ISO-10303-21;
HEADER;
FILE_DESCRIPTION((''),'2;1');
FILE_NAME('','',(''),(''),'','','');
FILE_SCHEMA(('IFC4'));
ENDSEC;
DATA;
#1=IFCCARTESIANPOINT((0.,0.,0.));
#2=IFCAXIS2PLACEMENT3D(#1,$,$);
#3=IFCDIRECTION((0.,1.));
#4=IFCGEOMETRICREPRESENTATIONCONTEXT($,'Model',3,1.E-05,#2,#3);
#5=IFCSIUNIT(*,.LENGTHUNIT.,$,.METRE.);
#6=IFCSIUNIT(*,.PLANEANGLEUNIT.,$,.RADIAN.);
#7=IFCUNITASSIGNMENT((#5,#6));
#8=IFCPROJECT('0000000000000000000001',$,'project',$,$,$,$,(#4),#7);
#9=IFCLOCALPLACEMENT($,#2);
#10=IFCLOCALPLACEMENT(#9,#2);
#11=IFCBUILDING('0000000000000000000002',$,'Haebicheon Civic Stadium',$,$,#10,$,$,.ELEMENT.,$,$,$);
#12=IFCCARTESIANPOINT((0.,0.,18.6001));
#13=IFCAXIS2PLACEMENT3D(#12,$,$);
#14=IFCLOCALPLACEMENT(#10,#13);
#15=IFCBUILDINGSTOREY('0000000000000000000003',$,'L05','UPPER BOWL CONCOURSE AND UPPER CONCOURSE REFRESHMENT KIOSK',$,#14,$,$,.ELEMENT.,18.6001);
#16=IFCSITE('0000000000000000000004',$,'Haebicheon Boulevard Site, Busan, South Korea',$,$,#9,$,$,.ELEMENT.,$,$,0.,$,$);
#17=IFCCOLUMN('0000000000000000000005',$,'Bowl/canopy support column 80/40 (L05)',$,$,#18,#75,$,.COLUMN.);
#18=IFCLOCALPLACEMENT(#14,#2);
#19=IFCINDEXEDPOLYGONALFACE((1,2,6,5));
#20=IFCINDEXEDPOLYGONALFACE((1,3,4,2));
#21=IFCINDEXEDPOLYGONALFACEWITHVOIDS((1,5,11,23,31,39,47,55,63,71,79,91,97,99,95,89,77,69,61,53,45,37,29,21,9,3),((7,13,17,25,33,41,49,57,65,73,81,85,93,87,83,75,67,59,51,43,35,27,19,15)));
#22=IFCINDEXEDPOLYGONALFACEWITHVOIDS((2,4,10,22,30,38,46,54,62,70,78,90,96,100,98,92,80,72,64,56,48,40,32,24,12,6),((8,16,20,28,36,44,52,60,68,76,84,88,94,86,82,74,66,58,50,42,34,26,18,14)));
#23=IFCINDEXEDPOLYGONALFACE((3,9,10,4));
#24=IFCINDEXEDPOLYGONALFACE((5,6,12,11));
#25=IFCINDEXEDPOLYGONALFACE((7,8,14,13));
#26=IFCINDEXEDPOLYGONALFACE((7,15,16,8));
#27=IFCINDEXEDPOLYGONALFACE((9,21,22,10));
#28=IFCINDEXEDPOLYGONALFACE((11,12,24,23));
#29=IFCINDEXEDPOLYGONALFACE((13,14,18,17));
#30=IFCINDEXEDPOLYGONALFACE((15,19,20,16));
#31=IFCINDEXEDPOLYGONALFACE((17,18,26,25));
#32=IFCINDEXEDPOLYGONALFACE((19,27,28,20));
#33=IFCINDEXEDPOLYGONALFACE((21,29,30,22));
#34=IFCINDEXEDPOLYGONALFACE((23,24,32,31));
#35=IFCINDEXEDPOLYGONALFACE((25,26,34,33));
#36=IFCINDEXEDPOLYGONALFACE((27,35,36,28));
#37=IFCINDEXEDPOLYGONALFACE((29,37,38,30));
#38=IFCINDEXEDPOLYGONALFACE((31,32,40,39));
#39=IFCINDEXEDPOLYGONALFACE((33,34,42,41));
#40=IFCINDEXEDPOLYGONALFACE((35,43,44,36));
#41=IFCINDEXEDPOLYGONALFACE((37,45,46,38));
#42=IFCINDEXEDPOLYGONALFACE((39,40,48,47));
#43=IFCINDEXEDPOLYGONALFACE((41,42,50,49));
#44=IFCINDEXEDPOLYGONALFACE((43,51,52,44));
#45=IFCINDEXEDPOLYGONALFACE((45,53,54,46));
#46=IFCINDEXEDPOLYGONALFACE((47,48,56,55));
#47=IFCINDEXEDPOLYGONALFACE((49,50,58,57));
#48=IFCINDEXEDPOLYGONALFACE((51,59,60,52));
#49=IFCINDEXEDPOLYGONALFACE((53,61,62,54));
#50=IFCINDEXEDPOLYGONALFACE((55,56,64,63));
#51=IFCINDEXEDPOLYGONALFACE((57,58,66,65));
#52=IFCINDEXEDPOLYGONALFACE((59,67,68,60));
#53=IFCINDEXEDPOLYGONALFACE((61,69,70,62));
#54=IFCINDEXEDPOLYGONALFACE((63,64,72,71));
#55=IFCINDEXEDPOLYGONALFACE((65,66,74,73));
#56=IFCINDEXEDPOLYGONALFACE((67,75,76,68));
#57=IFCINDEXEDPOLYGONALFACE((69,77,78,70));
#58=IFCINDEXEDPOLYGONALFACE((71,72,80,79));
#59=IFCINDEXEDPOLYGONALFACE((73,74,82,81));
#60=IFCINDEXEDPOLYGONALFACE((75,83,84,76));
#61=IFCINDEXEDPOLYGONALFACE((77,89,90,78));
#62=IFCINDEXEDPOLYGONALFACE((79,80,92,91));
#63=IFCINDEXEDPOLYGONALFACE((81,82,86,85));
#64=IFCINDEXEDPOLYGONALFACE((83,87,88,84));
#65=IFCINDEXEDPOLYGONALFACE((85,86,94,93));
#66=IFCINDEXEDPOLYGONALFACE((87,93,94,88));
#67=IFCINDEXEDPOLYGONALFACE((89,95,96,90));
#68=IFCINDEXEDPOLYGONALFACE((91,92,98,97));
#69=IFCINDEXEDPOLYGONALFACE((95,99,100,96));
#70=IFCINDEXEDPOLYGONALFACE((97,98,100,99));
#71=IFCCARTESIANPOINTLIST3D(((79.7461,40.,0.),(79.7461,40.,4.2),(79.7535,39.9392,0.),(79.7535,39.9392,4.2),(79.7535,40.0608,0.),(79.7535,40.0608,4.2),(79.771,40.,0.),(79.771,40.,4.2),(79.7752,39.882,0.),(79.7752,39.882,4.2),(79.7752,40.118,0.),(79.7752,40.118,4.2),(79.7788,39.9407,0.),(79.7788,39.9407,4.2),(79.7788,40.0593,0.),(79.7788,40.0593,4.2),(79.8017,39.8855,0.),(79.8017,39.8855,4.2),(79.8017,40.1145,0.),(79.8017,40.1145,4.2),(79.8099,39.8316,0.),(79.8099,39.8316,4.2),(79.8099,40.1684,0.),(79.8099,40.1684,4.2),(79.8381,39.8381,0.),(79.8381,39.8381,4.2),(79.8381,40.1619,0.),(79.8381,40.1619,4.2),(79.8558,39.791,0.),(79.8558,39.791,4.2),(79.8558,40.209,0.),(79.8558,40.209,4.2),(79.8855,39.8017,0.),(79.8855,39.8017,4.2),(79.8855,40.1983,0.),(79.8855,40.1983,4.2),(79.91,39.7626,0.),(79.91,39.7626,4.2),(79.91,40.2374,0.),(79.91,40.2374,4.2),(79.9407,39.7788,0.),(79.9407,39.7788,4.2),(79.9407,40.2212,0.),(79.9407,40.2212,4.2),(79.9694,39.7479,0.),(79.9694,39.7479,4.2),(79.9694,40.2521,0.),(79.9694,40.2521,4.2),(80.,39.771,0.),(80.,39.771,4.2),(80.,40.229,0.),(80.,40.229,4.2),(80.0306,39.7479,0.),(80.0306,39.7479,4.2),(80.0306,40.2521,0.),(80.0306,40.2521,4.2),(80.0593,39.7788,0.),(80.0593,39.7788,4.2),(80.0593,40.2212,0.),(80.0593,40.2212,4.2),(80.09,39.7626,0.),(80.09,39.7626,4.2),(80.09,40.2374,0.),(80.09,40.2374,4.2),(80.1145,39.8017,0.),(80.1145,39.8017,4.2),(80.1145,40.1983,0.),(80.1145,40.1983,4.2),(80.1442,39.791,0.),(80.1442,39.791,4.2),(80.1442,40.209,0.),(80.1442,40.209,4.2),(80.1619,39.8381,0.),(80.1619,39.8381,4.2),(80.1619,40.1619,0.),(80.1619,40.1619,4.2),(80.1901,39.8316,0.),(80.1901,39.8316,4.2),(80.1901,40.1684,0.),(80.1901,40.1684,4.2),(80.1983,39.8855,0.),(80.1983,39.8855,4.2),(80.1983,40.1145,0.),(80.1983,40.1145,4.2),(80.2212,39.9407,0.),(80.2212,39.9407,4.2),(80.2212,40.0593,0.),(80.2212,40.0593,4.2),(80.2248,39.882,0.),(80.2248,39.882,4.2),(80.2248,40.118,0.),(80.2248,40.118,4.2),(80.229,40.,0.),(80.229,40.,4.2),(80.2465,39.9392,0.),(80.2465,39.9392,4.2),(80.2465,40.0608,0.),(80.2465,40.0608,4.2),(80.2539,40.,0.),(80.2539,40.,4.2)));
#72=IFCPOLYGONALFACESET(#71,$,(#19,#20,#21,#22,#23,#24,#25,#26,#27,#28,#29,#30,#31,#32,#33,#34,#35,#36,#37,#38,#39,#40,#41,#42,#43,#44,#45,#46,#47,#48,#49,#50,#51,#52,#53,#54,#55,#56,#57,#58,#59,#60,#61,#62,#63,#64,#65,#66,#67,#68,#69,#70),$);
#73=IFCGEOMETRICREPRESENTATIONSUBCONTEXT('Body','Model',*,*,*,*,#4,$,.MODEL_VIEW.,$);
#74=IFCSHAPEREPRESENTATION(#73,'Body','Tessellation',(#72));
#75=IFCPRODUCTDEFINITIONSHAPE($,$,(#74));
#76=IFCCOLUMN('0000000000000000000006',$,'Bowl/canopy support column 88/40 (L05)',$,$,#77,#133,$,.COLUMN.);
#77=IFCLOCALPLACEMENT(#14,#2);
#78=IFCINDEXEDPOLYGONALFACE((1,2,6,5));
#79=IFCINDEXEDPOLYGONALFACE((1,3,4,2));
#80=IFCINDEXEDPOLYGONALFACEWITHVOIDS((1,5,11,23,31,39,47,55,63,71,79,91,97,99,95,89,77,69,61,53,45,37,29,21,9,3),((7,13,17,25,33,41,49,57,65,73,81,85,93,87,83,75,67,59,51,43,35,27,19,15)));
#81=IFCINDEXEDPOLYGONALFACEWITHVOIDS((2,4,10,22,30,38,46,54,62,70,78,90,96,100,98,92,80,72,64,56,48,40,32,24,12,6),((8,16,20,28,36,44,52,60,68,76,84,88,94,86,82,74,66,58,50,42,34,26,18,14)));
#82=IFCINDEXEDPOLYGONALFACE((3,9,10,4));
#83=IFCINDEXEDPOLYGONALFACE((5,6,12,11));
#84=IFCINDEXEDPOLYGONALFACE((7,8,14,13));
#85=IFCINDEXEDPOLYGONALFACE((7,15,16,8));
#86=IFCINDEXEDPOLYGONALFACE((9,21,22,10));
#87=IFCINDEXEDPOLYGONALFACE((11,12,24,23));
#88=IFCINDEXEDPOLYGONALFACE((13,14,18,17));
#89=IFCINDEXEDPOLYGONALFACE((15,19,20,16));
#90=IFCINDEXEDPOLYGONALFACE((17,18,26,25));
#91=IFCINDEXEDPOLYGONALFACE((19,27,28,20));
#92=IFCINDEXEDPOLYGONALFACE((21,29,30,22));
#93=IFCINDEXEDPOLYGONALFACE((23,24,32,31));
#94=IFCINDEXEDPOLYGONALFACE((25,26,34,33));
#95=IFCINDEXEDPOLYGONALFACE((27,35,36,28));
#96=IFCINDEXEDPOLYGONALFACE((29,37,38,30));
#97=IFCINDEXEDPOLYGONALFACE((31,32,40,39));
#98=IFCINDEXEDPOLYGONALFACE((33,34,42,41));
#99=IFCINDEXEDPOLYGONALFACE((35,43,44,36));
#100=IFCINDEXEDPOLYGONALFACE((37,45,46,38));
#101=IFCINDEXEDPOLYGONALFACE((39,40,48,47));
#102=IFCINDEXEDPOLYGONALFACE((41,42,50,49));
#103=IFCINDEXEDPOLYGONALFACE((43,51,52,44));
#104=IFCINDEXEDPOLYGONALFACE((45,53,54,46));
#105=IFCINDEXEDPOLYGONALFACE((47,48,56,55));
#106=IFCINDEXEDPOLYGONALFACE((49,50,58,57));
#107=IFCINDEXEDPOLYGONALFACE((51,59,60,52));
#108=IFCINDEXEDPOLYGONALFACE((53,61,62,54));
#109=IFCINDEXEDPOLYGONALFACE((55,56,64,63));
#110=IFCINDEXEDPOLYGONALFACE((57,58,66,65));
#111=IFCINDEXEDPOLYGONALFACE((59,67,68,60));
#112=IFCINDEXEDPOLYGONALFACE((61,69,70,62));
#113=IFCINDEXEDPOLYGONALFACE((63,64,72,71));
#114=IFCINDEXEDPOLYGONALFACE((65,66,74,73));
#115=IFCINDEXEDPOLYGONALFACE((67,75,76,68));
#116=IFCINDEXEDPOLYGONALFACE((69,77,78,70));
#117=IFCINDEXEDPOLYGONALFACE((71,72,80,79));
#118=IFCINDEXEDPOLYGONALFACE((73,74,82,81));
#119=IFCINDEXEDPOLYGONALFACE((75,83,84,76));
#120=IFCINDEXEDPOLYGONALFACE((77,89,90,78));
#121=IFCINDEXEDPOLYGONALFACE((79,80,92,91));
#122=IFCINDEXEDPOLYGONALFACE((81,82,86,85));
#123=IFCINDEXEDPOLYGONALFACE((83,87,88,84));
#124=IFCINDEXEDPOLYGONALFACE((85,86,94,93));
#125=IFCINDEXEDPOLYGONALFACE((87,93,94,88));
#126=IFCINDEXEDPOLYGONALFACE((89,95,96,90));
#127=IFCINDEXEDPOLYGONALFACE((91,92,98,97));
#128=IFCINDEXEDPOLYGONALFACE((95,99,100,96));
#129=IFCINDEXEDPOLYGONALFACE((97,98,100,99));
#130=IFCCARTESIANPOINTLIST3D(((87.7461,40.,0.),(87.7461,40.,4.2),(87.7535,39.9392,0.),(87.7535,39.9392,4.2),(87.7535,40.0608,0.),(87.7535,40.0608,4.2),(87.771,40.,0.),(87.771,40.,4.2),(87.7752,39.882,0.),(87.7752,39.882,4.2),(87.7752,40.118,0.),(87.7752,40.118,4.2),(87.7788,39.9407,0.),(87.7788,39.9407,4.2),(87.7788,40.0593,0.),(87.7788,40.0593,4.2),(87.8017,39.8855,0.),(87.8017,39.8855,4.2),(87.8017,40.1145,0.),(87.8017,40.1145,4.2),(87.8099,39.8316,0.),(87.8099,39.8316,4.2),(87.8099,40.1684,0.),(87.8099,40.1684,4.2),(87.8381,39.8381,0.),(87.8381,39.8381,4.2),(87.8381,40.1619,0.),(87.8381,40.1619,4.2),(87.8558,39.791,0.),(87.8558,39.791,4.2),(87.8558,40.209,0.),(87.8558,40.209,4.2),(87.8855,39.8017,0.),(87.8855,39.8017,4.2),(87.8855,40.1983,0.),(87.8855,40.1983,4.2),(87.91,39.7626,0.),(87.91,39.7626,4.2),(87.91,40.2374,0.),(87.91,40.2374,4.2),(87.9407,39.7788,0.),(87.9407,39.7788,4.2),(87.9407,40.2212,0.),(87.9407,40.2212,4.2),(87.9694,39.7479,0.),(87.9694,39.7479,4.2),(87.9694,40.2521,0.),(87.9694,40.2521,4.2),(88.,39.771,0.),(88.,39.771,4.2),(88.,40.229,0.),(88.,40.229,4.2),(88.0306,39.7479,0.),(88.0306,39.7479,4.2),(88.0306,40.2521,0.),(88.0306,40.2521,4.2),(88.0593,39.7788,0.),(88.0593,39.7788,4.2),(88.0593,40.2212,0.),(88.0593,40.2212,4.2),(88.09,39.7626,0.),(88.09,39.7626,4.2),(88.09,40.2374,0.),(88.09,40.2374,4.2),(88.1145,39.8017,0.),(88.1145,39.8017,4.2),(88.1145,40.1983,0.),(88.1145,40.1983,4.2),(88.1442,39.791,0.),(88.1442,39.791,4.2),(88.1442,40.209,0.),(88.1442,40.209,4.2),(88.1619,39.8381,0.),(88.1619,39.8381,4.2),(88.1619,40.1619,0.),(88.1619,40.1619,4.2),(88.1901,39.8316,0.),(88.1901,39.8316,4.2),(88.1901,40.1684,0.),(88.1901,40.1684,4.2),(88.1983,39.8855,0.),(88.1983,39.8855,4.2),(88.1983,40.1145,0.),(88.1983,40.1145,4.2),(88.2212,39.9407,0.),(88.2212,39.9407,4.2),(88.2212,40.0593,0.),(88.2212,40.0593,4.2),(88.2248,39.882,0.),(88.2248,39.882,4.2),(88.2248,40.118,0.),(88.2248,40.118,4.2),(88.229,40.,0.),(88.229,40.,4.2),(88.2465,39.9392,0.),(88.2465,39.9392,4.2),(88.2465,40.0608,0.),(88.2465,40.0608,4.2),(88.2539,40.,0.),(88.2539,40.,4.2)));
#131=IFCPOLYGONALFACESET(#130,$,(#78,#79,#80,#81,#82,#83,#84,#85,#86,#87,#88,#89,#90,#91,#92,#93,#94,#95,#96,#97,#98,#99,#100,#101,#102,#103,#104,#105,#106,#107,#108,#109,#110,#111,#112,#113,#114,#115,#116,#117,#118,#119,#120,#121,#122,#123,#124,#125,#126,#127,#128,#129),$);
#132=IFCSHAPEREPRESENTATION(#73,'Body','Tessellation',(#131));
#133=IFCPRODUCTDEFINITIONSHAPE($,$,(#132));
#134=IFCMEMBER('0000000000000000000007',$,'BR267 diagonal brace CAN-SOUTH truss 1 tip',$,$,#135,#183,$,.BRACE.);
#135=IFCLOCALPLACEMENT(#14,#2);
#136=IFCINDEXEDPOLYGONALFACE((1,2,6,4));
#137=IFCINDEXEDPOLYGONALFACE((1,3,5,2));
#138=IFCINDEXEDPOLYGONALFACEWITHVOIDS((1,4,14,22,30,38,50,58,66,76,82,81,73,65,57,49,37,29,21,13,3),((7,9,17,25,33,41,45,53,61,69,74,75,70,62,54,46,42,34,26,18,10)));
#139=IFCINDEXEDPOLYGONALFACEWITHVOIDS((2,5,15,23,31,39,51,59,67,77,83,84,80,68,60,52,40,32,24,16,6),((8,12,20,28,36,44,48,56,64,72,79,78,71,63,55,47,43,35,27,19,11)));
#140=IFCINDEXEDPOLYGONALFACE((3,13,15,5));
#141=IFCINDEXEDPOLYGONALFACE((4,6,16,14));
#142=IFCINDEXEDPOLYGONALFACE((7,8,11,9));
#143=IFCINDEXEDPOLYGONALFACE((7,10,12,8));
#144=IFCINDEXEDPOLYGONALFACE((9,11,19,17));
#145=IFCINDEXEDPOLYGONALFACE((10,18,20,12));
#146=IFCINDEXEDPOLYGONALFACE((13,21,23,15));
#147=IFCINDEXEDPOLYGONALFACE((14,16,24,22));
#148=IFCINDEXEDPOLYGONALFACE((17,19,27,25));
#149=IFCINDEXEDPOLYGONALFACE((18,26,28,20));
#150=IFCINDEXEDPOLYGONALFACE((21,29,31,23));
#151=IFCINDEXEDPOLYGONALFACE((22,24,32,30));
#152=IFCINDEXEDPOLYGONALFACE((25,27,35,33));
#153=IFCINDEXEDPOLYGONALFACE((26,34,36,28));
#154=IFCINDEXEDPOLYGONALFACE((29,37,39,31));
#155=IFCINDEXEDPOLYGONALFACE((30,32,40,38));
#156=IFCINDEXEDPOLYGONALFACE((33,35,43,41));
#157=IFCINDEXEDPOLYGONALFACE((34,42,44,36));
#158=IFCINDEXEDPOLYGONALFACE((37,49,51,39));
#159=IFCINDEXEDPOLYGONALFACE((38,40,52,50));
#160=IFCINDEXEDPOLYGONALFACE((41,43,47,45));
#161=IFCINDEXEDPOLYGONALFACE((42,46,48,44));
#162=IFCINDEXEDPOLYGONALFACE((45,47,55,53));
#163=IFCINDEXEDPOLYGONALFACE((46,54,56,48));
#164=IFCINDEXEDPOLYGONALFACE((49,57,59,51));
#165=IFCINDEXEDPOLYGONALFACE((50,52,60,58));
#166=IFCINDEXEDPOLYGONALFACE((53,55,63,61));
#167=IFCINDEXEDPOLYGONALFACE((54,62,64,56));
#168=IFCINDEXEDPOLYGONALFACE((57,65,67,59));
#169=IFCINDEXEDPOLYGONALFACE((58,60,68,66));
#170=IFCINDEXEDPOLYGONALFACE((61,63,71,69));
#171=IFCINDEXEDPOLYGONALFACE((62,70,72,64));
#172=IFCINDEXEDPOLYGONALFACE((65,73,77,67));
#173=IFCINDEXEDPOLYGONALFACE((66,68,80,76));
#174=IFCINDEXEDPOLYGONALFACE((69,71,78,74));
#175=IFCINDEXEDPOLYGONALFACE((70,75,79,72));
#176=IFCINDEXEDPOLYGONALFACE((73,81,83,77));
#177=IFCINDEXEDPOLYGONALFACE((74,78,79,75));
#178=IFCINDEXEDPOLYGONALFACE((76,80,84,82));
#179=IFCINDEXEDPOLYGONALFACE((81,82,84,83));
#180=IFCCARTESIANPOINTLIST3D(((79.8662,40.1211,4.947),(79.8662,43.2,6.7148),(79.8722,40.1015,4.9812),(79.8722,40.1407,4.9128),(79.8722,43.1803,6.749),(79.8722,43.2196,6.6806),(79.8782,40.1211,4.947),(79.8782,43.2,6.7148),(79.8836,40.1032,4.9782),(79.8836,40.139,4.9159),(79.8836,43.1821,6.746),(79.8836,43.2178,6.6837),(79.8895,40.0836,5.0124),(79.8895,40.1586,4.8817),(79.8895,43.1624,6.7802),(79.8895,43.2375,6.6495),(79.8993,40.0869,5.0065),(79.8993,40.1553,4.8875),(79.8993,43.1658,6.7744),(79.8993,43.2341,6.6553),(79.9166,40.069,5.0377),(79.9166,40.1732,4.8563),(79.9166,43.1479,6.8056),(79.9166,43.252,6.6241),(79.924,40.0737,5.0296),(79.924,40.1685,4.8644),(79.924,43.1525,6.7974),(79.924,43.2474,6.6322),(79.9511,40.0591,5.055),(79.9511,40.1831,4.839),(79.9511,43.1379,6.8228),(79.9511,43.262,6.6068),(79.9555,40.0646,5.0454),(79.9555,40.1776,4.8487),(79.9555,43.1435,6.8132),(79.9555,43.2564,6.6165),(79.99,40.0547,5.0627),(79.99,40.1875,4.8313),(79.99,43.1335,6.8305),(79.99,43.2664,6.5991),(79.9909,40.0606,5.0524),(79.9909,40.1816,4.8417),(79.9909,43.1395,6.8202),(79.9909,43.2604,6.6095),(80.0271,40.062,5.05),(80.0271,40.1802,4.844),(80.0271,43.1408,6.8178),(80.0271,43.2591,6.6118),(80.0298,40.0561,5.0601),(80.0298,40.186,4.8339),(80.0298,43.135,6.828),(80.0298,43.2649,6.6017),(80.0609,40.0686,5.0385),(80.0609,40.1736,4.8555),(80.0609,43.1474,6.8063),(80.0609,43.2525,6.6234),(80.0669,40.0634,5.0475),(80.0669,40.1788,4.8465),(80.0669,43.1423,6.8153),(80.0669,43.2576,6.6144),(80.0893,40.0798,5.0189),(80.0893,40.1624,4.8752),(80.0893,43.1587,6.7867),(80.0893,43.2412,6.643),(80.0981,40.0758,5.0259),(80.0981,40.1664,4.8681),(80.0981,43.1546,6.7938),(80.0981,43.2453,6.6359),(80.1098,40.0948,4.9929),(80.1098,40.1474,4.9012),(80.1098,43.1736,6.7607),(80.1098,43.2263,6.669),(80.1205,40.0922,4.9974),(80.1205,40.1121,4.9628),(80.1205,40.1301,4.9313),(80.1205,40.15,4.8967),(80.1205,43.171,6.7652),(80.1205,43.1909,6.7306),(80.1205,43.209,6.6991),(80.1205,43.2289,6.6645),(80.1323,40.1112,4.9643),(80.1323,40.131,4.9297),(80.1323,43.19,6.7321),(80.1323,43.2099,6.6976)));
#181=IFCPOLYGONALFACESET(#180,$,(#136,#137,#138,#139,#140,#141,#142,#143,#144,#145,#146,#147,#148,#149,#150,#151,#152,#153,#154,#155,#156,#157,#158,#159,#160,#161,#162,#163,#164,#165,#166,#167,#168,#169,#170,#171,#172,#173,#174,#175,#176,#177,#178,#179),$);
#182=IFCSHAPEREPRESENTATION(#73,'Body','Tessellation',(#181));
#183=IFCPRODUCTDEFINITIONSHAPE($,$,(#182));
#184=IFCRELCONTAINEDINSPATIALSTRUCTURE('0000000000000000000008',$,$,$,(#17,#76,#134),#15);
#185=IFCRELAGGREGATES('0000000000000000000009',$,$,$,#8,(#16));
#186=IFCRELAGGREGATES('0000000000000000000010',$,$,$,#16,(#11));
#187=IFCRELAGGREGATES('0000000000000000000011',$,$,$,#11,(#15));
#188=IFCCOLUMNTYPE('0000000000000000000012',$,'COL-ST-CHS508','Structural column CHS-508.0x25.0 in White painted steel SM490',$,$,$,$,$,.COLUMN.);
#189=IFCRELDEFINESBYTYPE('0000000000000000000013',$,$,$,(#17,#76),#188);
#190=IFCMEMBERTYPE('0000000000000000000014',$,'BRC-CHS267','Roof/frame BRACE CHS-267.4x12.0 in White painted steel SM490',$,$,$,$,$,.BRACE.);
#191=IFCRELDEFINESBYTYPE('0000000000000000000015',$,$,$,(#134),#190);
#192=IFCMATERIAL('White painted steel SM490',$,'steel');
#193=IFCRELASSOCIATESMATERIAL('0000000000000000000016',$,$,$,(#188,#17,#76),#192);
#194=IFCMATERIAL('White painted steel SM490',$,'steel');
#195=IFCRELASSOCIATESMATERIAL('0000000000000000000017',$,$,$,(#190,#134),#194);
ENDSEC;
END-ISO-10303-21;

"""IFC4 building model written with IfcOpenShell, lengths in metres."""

from ifc_helpers import new_model, si_unit, direction, frame, origin, origin_2d, place, context, subcontext, project, spatial, hollow_circle, extrude, material, material_profile, profile_set, type_object, element, save


model = new_model("IFC4")

# Units and contexts
model_context = context("Model", 3, precision=1e-05, world=origin(), true_north=direction((0.0, 1.0)))
body_context = subcontext(model_context, "Body", "Model", "MODEL_VIEW")
ifc_project = project(units=[si_unit("LENGTHUNIT", "METRE"), si_unit("PLANEANGLEUNIT", "RADIAN")], contexts=[model_context])

# Site, building, storey
site_placement = place(None, origin())
site = spatial("IfcSite", under=ifc_project, at=site_placement, Name="Haebicheon Boulevard Site, Busan, South Korea", CompositionType="ELEMENT", RefElevation=0.0)
building_placement = place(site_placement, origin())
building = spatial("IfcBuilding", under=site, at=building_placement, Name="Haebicheon Civic Stadium", CompositionType="ELEMENT")
storey_placement = place(building_placement, frame((0.0, 0.0, 18.6001)))
storey = spatial("IfcBuildingStorey", under=building, at=storey_placement, Name="L05", Description="UPPER BOWL CONCOURSE AND UPPER CONCOURSE REFRESHMENT KIOSK", CompositionType="ELEMENT", Elevation=18.6001)

# Columns
ifc_material_1 = material(Name="White painted steel SM490", Category="steel")
ifc_material_profile_1 = material_profile(ifc_material_1, hollow_circle(Radius=0.2539, WallThickness=0.0249, at=origin_2d()), Name="CHS-508.0x25.0")
ifc_profile_set_1 = profile_set([ifc_material_profile_1], Name="White painted steel SM490")
column_type = type_object("IfcColumnType", Name="COL-ST-CHS508", Description="Structural column CHS-508.0x25.0 in White painted steel SM490", PredefinedType="COLUMN", material=ifc_profile_set_1)
for number, where, z_axis, x_axis, name in (
    (1, (80.0, 40.0, 0.0), (0.0, 0.0, 1.0), (1.0, 0.0, 0.0), "Bowl/canopy support column 80/40 (L05)"),
    (2, (88.0, 40.0, 0.0), (0.0, 0.0, 1.0), (1.0, 0.0, 0.0), "Bowl/canopy support column 88/40 (L05)"),
):
    element("IfcColumn", number, at=place(storey_placement, frame(where, z_axis=z_axis, x_axis=x_axis)), inside=storey, type_object=column_type, material=ifc_profile_set_1, Name=name, PredefinedType="COLUMN", context=body_context, shape_type="SweptSolid", body=[
        extrude(hollow_circle(Radius=0.2539, WallThickness=0.0249, at=origin_2d()), origin(), (0.0, 0.0, 1.0), 4.2),
    ])

# Member
ifc_material_2 = material(Name="White painted steel SM490", Category="steel")
ifc_material_profile_2 = material_profile(ifc_material_2, hollow_circle(Radius=0.1338, WallThickness=0.012, at=origin_2d()), Name="CHS-267.4x12.0")
ifc_profile_set_2 = profile_set([ifc_material_profile_2], Name="White painted steel SM490")
member_type_1 = type_object("IfcMemberType", Name="BRC-CHS267", Description="Roof/frame BRACE CHS-267.4x12.0 in White painted steel SM490", PredefinedType="BRACE", material=ifc_profile_set_2)
member_1_placement = place(storey_placement, frame((80.0, 40.1211, 4.947), z_axis=(0.0, 0.867213, 0.497937), x_axis=(-1.0, 0.0, 0.0)))
element("IfcMember", 3, at=member_1_placement, inside=storey, type_object=member_type_1, material=ifc_profile_set_2, Name="BR267 diagonal brace CAN-SOUTH truss 1 tip", PredefinedType="BRACE", context=body_context, shape_type="SweptSolid", body=[
    extrude(hollow_circle(Radius=0.1338, WallThickness=0.012, at=origin_2d()), origin(), (0.0, 0.0, 1.0), 3.5503),
])

save(model, "model.ifc")
